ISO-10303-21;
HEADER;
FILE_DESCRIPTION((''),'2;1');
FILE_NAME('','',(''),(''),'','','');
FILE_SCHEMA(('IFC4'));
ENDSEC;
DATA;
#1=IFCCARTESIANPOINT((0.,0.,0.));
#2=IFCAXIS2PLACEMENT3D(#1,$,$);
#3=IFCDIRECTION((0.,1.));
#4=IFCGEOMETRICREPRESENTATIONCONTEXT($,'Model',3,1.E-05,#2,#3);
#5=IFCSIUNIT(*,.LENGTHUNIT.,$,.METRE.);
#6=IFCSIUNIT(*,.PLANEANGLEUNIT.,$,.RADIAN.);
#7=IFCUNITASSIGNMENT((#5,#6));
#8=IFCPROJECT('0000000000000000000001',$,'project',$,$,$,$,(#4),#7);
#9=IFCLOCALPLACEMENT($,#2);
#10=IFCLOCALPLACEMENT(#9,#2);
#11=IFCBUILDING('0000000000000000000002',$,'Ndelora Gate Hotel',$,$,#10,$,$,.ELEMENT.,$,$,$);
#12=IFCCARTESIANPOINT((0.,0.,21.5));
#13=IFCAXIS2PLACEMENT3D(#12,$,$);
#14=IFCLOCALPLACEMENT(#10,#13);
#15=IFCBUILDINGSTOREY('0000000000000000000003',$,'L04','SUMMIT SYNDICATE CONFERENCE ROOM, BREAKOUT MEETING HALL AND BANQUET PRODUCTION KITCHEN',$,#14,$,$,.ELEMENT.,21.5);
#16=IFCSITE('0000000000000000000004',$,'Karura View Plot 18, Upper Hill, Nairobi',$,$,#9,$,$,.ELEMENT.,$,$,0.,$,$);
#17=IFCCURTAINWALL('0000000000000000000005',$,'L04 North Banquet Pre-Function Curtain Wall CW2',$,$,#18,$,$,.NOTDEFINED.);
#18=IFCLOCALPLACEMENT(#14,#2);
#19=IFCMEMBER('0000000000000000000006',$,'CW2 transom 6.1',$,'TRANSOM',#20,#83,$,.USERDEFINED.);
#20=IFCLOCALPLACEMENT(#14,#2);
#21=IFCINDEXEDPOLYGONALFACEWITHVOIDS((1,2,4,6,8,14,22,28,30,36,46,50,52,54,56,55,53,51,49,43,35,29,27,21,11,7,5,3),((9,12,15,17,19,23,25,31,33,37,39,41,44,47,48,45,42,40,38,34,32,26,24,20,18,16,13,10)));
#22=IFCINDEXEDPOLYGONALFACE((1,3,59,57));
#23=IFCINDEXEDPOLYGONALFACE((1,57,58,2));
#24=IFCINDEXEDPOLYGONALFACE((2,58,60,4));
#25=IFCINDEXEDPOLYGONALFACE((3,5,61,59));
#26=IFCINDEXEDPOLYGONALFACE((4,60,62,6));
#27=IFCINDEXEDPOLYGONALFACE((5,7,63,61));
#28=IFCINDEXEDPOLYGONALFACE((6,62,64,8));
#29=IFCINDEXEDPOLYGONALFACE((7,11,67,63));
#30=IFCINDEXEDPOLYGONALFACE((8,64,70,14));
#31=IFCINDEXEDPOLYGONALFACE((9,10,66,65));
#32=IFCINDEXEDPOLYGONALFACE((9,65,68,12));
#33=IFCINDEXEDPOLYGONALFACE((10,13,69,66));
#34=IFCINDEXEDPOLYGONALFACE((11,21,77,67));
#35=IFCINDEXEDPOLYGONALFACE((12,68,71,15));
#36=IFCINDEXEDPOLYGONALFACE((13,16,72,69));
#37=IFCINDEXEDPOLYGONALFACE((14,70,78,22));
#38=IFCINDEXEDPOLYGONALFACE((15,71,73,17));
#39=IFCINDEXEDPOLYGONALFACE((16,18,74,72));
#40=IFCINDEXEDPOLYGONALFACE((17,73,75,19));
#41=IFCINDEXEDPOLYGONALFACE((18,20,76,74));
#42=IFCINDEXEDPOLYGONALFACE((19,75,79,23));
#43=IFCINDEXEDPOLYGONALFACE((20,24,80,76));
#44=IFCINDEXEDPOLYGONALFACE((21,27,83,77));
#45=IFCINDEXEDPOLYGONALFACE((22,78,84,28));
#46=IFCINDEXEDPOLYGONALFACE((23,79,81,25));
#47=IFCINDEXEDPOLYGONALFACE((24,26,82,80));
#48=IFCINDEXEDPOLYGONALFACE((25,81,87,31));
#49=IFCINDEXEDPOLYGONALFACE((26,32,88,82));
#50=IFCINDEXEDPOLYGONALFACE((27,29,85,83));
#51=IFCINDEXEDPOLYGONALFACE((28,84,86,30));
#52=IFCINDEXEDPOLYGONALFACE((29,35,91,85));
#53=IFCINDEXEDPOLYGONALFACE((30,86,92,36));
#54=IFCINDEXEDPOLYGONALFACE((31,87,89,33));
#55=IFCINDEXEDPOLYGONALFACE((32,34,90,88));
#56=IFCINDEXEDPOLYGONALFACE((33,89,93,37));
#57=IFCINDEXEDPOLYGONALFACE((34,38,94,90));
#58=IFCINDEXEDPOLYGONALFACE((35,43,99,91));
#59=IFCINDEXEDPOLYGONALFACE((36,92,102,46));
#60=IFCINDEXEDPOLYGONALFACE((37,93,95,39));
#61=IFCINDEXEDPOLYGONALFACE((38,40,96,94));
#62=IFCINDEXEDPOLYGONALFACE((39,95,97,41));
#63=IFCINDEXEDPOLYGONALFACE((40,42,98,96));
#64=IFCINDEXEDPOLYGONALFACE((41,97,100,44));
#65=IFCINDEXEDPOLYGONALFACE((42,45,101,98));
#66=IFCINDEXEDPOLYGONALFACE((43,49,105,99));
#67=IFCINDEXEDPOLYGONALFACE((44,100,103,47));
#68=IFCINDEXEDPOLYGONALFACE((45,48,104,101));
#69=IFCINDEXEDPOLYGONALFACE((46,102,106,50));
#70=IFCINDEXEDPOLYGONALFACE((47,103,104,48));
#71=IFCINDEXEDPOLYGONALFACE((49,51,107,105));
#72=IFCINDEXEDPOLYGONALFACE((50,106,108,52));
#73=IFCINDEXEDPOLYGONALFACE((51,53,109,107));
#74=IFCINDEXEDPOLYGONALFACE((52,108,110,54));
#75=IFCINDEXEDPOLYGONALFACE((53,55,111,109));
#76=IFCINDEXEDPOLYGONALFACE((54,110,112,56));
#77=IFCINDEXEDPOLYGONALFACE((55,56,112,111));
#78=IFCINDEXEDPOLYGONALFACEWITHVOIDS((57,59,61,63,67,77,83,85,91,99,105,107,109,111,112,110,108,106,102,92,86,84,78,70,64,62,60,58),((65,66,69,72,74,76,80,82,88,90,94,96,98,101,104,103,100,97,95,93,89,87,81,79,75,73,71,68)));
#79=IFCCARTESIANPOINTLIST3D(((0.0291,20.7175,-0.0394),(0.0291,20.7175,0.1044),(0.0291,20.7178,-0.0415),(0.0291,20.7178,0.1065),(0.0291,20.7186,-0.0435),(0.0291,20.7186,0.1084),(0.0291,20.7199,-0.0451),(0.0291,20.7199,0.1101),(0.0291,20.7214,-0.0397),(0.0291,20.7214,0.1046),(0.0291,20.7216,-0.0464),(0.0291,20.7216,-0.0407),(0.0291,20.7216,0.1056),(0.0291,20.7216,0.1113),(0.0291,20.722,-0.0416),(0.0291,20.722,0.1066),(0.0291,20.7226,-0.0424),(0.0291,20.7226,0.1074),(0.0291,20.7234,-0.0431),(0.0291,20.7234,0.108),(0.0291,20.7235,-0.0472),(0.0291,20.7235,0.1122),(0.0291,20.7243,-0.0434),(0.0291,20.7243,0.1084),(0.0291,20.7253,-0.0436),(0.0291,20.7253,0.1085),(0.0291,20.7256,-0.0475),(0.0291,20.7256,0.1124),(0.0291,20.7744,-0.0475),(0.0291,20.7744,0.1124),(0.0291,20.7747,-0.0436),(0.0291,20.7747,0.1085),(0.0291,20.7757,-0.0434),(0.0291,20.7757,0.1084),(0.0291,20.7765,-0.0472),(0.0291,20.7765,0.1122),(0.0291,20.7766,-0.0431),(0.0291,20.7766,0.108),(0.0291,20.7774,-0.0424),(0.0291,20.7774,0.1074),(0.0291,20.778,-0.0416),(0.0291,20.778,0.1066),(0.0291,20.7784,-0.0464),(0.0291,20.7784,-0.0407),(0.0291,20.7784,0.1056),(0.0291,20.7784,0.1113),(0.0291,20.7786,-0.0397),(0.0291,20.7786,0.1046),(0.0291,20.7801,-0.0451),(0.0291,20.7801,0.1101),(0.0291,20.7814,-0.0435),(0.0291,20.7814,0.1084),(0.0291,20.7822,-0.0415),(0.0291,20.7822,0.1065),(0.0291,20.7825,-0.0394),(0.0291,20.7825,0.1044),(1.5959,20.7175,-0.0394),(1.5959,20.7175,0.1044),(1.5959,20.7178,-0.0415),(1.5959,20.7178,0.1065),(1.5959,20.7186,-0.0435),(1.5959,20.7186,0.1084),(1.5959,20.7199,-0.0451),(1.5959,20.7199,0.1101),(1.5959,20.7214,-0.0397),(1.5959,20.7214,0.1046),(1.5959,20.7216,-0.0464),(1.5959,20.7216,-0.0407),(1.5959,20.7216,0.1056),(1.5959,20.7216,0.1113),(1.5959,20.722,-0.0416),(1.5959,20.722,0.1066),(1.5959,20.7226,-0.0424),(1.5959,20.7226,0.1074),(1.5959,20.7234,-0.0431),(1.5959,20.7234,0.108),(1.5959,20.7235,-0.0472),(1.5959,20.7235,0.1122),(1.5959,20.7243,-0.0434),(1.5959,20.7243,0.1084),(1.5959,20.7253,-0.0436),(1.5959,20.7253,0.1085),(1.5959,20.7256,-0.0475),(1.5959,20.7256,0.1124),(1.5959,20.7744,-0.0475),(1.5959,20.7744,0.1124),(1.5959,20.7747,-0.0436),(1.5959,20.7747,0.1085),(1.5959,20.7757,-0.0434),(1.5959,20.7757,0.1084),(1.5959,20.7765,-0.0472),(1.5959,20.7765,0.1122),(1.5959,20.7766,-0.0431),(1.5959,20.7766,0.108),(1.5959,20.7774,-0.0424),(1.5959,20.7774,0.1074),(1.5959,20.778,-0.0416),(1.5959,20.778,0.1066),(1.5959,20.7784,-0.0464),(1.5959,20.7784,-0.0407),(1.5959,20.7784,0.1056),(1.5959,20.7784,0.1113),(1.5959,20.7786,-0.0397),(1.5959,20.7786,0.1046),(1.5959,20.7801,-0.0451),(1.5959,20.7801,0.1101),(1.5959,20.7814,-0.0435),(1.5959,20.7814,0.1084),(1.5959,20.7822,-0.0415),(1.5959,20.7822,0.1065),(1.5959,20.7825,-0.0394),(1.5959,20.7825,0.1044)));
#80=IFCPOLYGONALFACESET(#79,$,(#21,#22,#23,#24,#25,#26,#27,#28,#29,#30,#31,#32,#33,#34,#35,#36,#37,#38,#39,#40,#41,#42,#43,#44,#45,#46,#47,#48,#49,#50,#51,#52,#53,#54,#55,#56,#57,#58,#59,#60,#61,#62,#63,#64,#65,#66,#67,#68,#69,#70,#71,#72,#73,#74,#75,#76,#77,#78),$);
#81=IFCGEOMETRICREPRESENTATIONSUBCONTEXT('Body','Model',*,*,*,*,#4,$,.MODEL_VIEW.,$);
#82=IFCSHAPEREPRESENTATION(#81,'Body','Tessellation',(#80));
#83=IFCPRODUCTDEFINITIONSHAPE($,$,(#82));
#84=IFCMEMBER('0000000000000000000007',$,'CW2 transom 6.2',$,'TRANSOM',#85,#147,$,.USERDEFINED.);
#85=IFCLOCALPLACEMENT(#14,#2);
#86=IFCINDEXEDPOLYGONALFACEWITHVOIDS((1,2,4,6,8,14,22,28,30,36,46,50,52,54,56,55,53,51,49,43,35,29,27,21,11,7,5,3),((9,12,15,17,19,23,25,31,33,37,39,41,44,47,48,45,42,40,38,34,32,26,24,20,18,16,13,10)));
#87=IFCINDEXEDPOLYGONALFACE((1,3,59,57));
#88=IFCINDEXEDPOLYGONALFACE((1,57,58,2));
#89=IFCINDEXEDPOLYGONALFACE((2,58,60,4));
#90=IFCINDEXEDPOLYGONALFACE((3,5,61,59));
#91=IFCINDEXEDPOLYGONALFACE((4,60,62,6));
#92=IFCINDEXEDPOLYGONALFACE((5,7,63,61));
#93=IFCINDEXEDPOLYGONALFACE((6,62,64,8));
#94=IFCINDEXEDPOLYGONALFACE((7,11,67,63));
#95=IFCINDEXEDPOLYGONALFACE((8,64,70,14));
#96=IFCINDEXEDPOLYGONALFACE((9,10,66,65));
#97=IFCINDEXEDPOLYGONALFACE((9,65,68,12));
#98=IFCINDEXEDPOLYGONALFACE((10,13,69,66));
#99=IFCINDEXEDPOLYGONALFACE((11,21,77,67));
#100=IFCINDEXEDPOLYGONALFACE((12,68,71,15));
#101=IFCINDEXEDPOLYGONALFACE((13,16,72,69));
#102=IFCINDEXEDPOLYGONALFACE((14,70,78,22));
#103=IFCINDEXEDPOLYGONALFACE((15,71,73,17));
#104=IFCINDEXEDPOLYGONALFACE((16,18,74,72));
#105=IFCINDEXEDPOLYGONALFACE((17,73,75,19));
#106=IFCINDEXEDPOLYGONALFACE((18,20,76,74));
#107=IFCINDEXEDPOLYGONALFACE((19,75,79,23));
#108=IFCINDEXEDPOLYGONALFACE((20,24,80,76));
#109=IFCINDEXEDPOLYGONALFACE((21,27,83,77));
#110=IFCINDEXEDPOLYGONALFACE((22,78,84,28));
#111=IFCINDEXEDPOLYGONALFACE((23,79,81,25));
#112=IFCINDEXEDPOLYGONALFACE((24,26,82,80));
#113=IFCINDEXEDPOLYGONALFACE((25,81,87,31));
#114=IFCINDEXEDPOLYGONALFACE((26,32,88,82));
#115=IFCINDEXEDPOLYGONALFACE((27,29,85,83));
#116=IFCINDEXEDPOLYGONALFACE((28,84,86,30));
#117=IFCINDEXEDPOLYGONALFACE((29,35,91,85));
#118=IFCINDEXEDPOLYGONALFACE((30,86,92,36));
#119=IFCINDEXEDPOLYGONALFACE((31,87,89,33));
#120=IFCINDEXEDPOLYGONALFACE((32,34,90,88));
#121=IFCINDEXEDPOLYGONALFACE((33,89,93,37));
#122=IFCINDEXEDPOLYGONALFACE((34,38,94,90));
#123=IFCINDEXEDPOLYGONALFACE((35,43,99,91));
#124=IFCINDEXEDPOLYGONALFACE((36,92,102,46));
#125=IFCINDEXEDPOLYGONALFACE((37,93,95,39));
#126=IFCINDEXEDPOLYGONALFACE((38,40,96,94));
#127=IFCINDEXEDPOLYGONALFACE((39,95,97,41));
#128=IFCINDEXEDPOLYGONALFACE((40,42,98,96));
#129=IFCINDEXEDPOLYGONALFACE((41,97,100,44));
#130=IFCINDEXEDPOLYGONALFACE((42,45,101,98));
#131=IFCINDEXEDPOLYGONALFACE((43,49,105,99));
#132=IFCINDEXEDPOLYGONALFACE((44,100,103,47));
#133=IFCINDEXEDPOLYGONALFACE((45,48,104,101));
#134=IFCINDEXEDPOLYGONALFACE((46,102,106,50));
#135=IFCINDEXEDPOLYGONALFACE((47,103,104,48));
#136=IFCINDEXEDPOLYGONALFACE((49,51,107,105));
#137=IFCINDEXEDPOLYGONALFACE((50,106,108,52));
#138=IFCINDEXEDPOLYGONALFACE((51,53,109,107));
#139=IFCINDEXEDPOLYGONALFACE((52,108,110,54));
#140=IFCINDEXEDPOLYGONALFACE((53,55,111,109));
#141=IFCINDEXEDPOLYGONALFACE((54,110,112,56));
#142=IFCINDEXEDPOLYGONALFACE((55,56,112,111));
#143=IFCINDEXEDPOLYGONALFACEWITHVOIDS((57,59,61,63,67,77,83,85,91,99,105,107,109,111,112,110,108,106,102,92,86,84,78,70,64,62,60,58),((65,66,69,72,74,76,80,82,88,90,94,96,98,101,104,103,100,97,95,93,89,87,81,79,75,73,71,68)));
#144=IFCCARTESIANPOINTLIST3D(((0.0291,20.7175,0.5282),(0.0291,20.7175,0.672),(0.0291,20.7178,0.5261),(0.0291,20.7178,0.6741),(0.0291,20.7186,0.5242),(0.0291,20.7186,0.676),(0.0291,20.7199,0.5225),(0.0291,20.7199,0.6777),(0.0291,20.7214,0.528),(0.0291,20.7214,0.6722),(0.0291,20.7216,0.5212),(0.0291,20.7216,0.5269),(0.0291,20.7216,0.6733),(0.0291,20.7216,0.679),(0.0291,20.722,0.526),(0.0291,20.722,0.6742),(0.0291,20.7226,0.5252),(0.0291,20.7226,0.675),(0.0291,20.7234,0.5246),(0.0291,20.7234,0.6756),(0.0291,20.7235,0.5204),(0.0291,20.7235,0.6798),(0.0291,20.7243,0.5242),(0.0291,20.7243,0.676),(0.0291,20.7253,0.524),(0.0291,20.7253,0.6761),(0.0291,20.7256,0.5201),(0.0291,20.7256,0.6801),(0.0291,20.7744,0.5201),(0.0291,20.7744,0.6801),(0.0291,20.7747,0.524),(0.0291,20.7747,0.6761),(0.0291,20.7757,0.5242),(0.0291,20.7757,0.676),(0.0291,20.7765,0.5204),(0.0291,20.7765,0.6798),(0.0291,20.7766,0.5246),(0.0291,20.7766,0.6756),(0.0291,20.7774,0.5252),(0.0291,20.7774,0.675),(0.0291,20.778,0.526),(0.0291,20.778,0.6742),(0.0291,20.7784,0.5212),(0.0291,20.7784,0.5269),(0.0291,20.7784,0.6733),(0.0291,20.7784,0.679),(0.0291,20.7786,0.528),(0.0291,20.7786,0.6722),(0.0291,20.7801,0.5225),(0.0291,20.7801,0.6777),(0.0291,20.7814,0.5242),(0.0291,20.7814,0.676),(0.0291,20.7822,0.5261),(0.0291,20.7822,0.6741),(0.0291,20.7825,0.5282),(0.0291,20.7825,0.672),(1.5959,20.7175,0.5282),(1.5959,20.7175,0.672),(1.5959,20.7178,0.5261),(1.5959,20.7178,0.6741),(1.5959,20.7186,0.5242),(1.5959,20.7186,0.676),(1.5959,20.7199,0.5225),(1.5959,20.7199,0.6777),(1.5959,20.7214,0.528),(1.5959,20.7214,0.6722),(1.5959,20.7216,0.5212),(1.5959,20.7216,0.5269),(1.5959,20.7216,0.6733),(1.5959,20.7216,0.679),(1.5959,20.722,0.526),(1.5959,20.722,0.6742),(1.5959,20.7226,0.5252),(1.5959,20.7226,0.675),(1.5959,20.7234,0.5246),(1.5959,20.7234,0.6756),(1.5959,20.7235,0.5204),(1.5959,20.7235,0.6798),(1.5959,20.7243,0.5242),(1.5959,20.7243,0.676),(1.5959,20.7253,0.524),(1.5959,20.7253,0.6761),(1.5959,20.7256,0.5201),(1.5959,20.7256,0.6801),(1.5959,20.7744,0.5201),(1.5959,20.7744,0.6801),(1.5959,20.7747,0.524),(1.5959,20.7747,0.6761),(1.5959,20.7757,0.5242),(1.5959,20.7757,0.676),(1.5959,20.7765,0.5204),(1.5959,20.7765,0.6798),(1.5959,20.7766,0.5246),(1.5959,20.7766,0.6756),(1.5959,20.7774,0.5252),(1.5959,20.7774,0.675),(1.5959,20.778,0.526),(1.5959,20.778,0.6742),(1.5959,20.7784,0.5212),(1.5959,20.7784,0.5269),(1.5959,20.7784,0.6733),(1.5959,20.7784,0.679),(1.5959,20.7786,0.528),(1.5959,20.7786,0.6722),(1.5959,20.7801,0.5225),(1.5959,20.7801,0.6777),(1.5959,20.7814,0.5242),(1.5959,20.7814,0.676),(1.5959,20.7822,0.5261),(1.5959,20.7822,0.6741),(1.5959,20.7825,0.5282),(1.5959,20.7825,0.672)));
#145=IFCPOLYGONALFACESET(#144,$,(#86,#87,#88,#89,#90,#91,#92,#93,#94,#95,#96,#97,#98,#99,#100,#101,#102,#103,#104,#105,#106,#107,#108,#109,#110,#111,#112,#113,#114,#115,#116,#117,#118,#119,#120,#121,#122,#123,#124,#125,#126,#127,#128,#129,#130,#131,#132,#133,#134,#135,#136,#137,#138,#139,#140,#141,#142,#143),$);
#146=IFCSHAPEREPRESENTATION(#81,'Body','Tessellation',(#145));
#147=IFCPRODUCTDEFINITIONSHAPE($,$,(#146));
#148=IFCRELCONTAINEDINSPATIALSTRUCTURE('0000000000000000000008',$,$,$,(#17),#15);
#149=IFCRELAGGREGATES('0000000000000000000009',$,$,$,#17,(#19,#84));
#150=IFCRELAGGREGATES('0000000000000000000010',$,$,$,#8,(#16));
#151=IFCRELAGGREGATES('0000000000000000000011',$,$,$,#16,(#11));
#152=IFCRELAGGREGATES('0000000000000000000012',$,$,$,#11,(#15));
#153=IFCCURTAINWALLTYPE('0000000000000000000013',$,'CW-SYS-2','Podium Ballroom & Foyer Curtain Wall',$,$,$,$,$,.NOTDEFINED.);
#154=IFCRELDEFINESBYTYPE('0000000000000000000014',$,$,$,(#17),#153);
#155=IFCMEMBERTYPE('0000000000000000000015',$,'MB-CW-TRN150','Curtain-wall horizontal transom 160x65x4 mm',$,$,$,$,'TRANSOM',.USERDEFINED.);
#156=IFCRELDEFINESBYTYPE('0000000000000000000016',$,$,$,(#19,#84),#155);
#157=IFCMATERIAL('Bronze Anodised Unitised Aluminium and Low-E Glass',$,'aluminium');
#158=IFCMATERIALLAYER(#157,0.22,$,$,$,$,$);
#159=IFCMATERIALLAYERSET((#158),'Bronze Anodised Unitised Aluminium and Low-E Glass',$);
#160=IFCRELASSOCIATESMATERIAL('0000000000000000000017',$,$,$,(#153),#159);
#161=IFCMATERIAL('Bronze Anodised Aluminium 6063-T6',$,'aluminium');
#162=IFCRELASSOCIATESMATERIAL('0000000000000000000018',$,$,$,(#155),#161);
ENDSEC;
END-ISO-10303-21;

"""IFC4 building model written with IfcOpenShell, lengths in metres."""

from ifc_helpers import new_model, si_unit, direction, frame, origin, origin_2d, place, context, subcontext, project, spatial, hollow_rectangle, extrude, material, layer, layer_set, material_profile, profile_set, type_object, element, aggregate, save


model = new_model("IFC4")

# Units and contexts
model_context = context("Model", 3, precision=1e-05, world=origin(), true_north=direction((0.0, 1.0)))
body_context = subcontext(model_context, "Body", "Model", "MODEL_VIEW")
ifc_project = project(units=[si_unit("LENGTHUNIT", "METRE"), si_unit("PLANEANGLEUNIT", "RADIAN")], contexts=[model_context])

# Site, building, storey
site_placement = place(None, origin())
site = spatial("IfcSite", under=ifc_project, at=site_placement, Name="Karura View Plot 18, Upper Hill, Nairobi", CompositionType="ELEMENT", RefElevation=0.0)
building_placement = place(site_placement, origin())
building = spatial("IfcBuilding", under=site, at=building_placement, Name="Ndelora Gate Hotel", CompositionType="ELEMENT")
storey_placement = place(building_placement, frame((0.0, 0.0, 21.5)))
storey = spatial("IfcBuildingStorey", under=building, at=storey_placement, Name="L04", Description="SUMMIT SYNDICATE CONFERENCE ROOM, BREAKOUT MEETING HALL AND BANQUET PRODUCTION KITCHEN", CompositionType="ELEMENT", Elevation=21.5)

# Curtain wall, members
ifc_material_1 = material(Name="Bronze Anodised Unitised Aluminium and Low-E Glass", Category="aluminium")
ifc_layer_1 = layer(ifc_material_1, 0.22)
ifc_layer_set_1 = layer_set([ifc_layer_1], Name="Bronze Anodised Unitised Aluminium and Low-E Glass")
curtain_wall_type = type_object("IfcCurtainWallType", Name="CW-SYS-2", Description="Podium Ballroom & Foyer Curtain Wall", PredefinedType="NOTDEFINED", material=ifc_layer_set_1)
curtain_wall_placement = place(storey_placement, origin())
curtain_wall = element("IfcCurtainWall", 1, at=curtain_wall_placement, inside=storey, type_object=curtain_wall_type, Name="L04 North Banquet Pre-Function Curtain Wall CW2", PredefinedType="NOTDEFINED")
ifc_material_2 = material(Name="Bronze Anodised Aluminium 6063-T6", Category="aluminium")
ifc_material_profile_1 = material_profile(ifc_material_2, hollow_rectangle(XDim=0.0649, YDim=0.1599, WallThickness=0.0039, InnerFilletRadius=0.0039, OuterFilletRadius=0.0081, at=origin_2d()), Name="ALU 160x65x4")
ifc_profile_set_1 = profile_set([ifc_material_profile_1], Name="Bronze Anodised Aluminium 6063-T6")
member_type_1 = type_object("IfcMemberType", Name="MB-CW-TRN150", Description="Curtain-wall horizontal transom 160x65x4 mm", ElementType="TRANSOM", PredefinedType="USERDEFINED", material=ifc_profile_set_1)
member_1_placement = place(storey_placement, frame((1.5959, 20.75, 0.0325), z_axis=(-1.0, 0.0, 0.0), x_axis=(0.0, -1.0, 0.0)))
member_1 = element("IfcMember", 2, at=member_1_placement, type_object=member_type_1, Name="CW2 transom 6.1", ObjectType="TRANSOM", PredefinedType="USERDEFINED", context=body_context, shape_type="SweptSolid", body=[
    extrude(hollow_rectangle(XDim=0.0649, YDim=0.1599, WallThickness=0.0039, InnerFilletRadius=0.0039, OuterFilletRadius=0.0081, at=origin_2d()), origin(), (0.0, 0.0, 1.0), 1.5669),
])
member_2_placement = place(storey_placement, frame((1.5959, 20.75, 0.6001), z_axis=(-1.0, 0.0, 0.0), x_axis=(0.0, -1.0, 0.0)))
member_2 = element("IfcMember", 3, at=member_2_placement, type_object=member_type_1, Name="CW2 transom 6.2", ObjectType="TRANSOM", PredefinedType="USERDEFINED", context=body_context, shape_type="SweptSolid", body=[
    extrude(hollow_rectangle(XDim=0.0649, YDim=0.1599, WallThickness=0.0039, InnerFilletRadius=0.0039, OuterFilletRadius=0.0081, at=origin_2d()), origin(), (0.0, 0.0, 1.0), 1.5669),
])
aggregate(curtain_wall, [member_1, member_2])

save(model, "model.ifc")
